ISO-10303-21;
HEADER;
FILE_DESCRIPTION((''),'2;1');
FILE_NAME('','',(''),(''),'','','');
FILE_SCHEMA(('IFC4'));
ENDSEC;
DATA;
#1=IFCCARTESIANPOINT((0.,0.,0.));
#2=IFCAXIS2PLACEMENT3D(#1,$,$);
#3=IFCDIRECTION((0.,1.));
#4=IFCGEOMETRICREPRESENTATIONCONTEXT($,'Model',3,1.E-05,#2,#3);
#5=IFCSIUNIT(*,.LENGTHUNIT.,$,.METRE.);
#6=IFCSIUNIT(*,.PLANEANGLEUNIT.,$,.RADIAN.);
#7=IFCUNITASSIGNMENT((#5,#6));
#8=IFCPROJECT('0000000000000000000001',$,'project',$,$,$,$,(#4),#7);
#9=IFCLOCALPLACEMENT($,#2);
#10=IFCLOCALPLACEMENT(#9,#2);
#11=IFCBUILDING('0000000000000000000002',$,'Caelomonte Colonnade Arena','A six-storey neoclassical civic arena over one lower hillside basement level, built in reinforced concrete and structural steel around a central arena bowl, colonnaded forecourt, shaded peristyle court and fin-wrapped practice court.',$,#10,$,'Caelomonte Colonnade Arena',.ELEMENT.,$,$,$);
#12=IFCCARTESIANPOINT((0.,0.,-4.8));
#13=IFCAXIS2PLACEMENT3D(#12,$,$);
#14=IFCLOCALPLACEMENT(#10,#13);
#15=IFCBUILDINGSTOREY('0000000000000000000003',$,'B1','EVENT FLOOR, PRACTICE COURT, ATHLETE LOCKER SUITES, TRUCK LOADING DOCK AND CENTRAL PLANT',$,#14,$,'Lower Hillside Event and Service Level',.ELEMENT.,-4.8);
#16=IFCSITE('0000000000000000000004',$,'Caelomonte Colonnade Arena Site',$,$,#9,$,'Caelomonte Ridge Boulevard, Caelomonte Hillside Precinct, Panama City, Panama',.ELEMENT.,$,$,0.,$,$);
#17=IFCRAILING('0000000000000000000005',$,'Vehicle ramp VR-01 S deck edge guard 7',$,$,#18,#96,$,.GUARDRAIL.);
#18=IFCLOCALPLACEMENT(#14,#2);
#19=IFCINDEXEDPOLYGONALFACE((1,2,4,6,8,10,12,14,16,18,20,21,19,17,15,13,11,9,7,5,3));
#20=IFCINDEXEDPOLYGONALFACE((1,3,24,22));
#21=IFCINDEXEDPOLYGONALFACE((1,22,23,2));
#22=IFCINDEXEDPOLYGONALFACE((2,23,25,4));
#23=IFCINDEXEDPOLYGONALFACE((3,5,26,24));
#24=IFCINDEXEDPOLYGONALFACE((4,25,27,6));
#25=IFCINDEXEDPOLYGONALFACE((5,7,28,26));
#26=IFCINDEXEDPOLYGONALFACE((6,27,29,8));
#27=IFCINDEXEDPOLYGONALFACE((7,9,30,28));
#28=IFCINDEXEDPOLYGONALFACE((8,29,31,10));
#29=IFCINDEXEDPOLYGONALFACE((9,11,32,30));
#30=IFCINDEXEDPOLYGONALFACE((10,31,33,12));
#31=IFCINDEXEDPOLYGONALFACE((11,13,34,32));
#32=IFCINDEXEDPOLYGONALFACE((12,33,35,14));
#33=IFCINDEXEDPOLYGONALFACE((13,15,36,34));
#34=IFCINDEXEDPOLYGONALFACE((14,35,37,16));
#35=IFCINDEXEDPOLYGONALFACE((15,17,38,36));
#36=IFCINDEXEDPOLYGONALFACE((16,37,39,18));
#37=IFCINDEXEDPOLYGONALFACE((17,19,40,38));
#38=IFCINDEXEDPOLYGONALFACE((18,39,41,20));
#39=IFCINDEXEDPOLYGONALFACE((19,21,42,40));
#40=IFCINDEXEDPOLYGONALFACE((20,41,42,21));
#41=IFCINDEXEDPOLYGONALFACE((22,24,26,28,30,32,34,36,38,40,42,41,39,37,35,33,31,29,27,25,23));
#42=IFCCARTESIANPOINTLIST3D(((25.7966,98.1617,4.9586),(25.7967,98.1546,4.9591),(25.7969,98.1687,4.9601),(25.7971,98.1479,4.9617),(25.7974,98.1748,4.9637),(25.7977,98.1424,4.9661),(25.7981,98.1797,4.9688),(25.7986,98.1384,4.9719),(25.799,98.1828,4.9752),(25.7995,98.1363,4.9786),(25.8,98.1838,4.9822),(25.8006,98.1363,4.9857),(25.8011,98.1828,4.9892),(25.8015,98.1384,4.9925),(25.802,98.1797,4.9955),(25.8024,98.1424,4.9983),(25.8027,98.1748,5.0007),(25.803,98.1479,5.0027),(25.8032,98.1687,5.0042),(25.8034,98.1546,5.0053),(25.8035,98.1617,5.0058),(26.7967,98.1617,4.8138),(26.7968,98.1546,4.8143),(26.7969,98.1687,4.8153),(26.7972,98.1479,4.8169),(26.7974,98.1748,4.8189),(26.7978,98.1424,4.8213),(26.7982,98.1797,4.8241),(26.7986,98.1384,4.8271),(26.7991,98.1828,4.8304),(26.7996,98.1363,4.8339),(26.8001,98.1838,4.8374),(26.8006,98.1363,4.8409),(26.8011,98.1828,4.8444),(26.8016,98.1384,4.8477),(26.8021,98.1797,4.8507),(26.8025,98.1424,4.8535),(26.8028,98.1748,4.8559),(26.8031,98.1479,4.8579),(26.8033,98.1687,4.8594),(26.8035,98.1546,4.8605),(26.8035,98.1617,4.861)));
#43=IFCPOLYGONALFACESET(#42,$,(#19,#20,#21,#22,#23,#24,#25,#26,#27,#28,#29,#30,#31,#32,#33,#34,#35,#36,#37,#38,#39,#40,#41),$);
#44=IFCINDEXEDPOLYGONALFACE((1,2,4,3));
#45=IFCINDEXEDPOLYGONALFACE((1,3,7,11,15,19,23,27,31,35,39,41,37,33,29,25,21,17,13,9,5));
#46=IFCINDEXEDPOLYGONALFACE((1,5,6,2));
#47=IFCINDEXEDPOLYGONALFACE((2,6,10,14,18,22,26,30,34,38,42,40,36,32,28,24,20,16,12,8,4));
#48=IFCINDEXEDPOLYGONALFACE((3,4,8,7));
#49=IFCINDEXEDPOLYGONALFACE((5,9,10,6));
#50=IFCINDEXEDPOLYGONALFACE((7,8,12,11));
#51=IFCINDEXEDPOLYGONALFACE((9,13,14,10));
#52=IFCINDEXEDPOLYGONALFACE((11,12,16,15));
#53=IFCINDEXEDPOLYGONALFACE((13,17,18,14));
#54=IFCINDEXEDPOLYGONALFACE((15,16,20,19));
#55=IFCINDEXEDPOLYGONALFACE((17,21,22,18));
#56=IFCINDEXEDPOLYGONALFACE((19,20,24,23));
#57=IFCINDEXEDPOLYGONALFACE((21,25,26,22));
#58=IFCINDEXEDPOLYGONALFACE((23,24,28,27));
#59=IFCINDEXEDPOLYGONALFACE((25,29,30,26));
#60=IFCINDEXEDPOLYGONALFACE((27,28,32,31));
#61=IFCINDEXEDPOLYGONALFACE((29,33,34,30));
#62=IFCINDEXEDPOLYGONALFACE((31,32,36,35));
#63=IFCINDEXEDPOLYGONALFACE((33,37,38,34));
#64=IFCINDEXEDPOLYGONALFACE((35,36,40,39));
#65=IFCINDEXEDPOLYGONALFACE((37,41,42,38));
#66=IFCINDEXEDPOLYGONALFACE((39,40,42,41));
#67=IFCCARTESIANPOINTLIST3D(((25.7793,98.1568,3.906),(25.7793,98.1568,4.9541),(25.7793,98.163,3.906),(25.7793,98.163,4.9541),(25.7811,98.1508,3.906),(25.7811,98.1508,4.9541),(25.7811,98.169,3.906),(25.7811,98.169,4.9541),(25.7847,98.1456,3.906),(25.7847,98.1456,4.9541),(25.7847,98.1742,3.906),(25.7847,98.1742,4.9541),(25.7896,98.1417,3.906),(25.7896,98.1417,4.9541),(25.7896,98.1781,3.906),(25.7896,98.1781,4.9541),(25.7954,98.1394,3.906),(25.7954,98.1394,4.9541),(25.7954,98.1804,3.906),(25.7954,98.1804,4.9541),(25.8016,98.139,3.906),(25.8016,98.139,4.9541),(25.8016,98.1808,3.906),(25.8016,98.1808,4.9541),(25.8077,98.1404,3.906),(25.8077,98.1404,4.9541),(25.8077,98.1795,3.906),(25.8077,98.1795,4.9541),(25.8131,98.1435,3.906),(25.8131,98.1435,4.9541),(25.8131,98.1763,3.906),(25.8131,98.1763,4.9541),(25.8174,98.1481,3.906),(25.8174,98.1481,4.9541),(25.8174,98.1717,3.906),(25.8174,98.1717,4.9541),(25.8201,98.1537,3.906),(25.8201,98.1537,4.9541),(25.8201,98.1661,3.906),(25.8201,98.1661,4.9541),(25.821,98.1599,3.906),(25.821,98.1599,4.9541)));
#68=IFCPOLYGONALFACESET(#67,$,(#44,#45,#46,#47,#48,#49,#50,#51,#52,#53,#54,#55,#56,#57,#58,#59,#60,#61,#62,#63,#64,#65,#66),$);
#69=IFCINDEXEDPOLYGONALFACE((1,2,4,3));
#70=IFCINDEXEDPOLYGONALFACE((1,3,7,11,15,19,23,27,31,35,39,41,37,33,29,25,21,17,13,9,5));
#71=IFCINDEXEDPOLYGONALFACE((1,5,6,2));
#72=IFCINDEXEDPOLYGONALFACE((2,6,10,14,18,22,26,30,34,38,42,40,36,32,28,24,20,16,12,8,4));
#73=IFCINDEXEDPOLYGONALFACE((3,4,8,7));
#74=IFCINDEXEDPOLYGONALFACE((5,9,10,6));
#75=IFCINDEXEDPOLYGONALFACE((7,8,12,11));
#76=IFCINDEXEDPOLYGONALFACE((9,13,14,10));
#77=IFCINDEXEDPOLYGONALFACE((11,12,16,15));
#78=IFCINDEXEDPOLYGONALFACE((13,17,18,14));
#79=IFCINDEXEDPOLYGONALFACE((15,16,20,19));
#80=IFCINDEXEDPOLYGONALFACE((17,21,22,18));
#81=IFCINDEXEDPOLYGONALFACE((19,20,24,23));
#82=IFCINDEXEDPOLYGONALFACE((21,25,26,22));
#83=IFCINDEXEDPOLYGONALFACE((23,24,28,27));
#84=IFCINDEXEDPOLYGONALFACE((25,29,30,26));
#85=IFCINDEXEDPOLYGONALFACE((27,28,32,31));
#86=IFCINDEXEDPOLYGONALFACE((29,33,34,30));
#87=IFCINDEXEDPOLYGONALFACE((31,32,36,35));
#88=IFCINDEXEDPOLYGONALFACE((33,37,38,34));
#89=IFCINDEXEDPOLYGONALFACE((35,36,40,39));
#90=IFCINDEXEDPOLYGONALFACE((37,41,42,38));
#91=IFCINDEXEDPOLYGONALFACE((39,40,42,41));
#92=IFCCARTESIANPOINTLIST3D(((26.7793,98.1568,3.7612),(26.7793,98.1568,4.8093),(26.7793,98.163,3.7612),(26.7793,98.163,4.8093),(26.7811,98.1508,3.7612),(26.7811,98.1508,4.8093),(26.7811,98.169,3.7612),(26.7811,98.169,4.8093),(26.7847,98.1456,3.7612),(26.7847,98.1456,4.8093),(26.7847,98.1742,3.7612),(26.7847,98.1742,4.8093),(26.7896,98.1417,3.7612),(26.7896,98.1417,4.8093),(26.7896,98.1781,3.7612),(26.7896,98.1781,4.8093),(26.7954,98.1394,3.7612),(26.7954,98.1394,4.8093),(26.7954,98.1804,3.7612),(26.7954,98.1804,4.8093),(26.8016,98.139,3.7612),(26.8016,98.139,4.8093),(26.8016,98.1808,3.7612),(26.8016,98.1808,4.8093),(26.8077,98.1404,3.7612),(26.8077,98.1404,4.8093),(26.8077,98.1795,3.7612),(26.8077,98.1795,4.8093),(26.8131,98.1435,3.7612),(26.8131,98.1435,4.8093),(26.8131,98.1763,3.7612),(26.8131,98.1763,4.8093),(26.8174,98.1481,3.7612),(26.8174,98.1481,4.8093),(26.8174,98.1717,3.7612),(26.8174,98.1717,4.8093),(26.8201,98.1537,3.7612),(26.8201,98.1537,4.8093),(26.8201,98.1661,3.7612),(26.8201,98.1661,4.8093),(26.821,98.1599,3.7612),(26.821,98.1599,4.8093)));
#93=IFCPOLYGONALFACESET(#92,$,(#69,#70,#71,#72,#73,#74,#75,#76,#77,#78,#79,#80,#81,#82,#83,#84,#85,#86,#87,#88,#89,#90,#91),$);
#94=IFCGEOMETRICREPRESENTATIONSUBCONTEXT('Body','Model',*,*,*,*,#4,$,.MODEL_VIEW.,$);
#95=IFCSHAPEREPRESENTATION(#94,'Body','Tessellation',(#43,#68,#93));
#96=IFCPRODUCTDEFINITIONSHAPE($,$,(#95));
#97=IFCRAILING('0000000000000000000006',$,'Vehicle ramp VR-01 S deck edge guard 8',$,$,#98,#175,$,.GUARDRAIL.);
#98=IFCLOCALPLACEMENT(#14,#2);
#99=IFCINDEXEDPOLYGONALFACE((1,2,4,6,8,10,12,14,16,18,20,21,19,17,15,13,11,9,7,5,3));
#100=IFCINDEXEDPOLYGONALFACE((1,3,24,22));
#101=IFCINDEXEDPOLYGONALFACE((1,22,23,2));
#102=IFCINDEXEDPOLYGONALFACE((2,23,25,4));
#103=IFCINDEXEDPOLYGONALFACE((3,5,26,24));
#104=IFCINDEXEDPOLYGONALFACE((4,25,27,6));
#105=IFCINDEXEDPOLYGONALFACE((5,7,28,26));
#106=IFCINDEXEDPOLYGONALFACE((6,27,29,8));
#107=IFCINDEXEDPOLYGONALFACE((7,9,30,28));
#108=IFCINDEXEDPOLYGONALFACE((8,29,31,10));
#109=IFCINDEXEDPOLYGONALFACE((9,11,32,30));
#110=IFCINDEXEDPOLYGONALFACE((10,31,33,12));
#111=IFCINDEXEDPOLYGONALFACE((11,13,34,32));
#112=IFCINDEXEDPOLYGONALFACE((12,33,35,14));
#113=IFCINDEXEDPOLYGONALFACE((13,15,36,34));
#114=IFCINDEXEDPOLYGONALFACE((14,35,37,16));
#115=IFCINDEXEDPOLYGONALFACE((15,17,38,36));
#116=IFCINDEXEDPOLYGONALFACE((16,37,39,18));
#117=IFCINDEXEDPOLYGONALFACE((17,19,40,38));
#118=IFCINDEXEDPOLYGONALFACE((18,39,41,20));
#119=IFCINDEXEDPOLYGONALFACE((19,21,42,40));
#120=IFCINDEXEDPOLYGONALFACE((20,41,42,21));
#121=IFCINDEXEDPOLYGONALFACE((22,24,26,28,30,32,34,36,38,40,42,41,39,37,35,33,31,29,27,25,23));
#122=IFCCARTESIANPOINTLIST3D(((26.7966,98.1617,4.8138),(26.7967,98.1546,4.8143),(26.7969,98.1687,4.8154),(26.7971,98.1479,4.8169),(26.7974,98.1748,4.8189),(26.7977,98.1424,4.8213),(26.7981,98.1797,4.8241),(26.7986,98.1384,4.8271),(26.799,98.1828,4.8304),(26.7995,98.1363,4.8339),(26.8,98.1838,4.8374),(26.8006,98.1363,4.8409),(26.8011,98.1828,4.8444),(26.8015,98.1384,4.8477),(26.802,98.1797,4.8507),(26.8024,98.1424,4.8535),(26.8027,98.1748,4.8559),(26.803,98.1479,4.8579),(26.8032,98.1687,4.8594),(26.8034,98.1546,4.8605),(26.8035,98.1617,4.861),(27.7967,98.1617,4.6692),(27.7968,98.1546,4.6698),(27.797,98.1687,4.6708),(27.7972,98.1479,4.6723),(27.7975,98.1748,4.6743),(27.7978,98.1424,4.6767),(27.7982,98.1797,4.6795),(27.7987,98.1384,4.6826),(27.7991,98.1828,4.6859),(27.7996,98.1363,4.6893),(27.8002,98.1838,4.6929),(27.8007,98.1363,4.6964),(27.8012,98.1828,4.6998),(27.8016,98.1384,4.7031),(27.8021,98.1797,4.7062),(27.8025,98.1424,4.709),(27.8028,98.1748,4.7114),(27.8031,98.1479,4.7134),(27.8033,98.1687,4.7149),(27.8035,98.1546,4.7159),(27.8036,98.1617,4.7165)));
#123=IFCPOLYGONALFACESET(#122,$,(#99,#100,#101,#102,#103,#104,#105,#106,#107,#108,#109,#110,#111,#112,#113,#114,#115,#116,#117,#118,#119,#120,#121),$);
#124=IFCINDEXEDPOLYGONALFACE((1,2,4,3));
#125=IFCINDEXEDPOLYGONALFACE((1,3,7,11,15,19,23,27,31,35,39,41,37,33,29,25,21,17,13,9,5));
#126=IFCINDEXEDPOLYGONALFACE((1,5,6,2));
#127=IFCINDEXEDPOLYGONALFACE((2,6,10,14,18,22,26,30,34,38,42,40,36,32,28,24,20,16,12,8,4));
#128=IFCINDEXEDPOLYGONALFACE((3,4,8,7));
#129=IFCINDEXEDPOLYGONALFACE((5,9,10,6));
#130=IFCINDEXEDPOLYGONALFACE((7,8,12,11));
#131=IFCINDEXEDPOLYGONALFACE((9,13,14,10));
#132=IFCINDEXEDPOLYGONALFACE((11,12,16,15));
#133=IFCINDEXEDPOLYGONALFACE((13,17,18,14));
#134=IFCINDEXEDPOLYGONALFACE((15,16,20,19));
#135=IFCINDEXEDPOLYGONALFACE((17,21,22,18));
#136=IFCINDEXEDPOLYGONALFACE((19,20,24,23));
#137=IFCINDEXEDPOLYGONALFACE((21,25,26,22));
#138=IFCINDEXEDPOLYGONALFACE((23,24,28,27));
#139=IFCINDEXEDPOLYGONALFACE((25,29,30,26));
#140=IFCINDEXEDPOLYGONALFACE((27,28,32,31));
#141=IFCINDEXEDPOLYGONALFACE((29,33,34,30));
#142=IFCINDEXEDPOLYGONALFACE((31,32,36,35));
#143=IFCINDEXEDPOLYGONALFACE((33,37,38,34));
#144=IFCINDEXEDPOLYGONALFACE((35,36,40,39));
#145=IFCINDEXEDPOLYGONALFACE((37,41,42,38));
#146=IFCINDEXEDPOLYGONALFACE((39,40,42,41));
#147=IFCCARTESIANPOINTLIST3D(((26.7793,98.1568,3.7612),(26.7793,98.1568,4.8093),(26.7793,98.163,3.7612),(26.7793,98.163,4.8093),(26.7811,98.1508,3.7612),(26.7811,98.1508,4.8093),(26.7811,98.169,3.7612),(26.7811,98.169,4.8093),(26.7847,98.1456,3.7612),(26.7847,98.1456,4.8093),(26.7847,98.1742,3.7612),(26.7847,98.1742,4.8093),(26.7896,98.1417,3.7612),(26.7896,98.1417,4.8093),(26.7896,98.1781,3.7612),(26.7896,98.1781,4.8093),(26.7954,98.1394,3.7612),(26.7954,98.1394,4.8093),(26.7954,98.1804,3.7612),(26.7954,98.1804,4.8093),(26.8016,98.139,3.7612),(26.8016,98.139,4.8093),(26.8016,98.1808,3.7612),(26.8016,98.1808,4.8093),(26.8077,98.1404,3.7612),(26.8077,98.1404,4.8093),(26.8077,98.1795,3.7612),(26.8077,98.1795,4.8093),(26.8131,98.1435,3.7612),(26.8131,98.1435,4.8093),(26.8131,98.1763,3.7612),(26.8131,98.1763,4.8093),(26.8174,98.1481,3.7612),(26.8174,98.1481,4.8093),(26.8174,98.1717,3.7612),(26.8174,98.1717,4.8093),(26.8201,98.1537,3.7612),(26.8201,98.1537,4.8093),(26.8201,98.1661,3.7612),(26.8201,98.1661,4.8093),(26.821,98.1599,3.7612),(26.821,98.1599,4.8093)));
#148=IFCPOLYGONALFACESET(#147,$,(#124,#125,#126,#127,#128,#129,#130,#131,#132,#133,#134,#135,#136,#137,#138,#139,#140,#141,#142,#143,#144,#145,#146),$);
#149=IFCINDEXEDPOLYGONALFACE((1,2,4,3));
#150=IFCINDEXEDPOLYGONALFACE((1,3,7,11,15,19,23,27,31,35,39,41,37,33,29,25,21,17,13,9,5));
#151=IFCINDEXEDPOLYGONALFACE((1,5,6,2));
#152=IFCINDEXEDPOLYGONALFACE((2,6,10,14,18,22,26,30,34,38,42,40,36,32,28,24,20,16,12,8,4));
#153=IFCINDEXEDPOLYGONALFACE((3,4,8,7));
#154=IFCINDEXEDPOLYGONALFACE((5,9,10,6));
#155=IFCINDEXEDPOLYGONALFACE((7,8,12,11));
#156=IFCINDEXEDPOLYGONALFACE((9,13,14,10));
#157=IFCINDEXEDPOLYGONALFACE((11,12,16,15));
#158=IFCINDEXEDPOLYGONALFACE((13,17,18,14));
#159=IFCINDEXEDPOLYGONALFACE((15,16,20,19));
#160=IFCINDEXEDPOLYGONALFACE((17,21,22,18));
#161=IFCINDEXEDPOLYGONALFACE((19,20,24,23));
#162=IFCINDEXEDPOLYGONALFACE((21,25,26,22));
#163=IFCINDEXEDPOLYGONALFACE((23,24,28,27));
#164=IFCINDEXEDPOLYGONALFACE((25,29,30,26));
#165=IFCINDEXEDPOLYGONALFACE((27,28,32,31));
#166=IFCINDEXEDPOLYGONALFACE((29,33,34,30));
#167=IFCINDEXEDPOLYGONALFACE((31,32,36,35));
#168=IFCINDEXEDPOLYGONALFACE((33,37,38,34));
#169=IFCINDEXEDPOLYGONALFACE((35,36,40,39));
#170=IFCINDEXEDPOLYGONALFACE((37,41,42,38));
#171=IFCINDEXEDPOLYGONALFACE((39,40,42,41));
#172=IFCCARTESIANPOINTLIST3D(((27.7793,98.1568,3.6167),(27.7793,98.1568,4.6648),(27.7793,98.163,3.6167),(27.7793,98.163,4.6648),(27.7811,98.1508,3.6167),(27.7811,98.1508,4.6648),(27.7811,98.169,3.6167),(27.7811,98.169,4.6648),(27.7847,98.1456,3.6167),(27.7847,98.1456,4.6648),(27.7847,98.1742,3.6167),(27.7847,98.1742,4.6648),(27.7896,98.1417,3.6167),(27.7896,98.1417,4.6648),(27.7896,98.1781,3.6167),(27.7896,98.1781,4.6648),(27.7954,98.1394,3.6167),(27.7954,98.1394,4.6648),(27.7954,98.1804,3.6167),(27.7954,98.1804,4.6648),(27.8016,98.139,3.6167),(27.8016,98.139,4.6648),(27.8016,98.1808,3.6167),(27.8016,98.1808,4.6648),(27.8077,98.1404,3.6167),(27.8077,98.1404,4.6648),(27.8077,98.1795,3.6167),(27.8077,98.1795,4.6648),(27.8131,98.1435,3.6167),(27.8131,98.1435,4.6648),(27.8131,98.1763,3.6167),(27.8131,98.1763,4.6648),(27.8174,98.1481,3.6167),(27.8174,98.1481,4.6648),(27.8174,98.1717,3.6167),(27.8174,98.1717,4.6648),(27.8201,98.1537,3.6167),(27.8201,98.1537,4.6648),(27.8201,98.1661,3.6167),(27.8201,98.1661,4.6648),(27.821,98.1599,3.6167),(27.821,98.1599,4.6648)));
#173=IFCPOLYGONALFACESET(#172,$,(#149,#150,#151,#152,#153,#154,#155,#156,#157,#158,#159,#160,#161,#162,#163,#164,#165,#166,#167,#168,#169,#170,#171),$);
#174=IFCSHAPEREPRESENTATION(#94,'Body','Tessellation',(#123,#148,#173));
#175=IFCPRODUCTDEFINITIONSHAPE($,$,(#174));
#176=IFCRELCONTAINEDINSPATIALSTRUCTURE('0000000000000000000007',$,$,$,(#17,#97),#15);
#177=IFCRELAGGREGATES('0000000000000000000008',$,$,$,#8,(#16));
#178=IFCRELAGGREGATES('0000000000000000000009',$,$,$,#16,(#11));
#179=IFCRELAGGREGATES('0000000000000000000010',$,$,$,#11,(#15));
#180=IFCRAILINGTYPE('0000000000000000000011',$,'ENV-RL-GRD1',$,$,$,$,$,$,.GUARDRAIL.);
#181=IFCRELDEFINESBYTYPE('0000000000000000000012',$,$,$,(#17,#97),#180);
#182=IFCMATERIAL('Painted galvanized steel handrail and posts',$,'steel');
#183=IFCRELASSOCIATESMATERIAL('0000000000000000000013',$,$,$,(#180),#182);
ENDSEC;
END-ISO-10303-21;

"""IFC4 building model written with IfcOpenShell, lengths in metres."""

from ifc_helpers import new_model, si_unit, direction, frame, origin, origin_2d, place, context, subcontext, project, spatial, circle, extrude, material, type_object, element, save


model = new_model("IFC4")

# Units and contexts
model_context = context("Model", 3, precision=1e-05, world=origin(), true_north=direction((0.0, 1.0)))
body_context = subcontext(model_context, "Body", "Model", "MODEL_VIEW")
ifc_project = project(units=[si_unit("LENGTHUNIT", "METRE"), si_unit("PLANEANGLEUNIT", "RADIAN")], contexts=[model_context])

# Site, building, storey
site_placement = place(None, origin())
site = spatial("IfcSite", under=ifc_project, at=site_placement, Name="Caelomonte Colonnade Arena Site", LongName="Caelomonte Ridge Boulevard, Caelomonte Hillside Precinct, Panama City, Panama", CompositionType="ELEMENT", RefElevation=0.0)
building_placement = place(site_placement, origin())
building = spatial("IfcBuilding", under=site, at=building_placement, Name="Caelomonte Colonnade Arena", Description="A six-storey neoclassical civic arena over one lower hillside basement level, built in reinforced concrete and structural steel around a central arena bowl, colonnaded forecourt, shaded peristyle court and fin-wrapped practice court.", LongName="Caelomonte Colonnade Arena", CompositionType="ELEMENT")
storey_placement = place(building_placement, frame((0.0, 0.0, -4.8)))
storey = spatial("IfcBuildingStorey", under=building, at=storey_placement, Name="B1", Description="EVENT FLOOR, PRACTICE COURT, ATHLETE LOCKER SUITES, TRUCK LOADING DOCK AND CENTRAL PLANT", LongName="Lower Hillside Event and Service Level", CompositionType="ELEMENT", Elevation=-4.8)

# Railings
ifc_material_1 = material(Name="Painted galvanized steel handrail and posts", Category="steel")
railing_type = type_object("IfcRailingType", Name="ENV-RL-GRD1", PredefinedType="GUARDRAIL", material=ifc_material_1)
railing_1_placement = place(storey_placement, frame((25.8, 98.1599, 3.906)))
element("IfcRailing", 1, at=railing_1_placement, inside=storey, type_object=railing_type, Name="Vehicle ramp VR-01 S deck edge guard 7", PredefinedType="GUARDRAIL", context=body_context, shape_type="SweptSolid", body=[
    extrude(circle(Radius=0.0239, at=origin_2d()), frame((0.0, 0.0, 1.0762), z_axis=(0.989682, 0.0, -0.143282), x_axis=(0.0, 1.0, 0.0)), (0.0, 0.0, 1.0), 1.0105),
    extrude(circle(Radius=0.021, at=origin_2d()), origin(), (0.0, 0.0, 1.0), 1.0481),
    extrude(circle(Radius=0.021, at=origin_2d()), frame((1.0, 0.0, -0.1448)), (0.0, 0.0, 1.0), 1.0481),
])
for number, where, name in (
    (2, (26.8, 98.1599, 3.7612), "Vehicle ramp VR-01 S deck edge guard 8"),
):
    element("IfcRailing", number, at=place(storey_placement, frame(where)), inside=storey, type_object=railing_type, Name=name, PredefinedType="GUARDRAIL", context=body_context, shape_type="SweptSolid", body=[
        extrude(circle(Radius=0.0239, at=origin_2d()), frame((0.0, 0.0, 1.0762), z_axis=(0.989716, 0.0, -0.143045), x_axis=(0.0, 1.0, 0.0)), (0.0, 0.0, 1.0), 1.0105),
        extrude(circle(Radius=0.021, at=origin_2d()), origin(), (0.0, 0.0, 1.0), 1.0481),
        extrude(circle(Radius=0.021, at=origin_2d()), frame((1.0, 0.0, -0.1445)), (0.0, 0.0, 1.0), 1.0481),
    ])

save(model, "model.ifc")
